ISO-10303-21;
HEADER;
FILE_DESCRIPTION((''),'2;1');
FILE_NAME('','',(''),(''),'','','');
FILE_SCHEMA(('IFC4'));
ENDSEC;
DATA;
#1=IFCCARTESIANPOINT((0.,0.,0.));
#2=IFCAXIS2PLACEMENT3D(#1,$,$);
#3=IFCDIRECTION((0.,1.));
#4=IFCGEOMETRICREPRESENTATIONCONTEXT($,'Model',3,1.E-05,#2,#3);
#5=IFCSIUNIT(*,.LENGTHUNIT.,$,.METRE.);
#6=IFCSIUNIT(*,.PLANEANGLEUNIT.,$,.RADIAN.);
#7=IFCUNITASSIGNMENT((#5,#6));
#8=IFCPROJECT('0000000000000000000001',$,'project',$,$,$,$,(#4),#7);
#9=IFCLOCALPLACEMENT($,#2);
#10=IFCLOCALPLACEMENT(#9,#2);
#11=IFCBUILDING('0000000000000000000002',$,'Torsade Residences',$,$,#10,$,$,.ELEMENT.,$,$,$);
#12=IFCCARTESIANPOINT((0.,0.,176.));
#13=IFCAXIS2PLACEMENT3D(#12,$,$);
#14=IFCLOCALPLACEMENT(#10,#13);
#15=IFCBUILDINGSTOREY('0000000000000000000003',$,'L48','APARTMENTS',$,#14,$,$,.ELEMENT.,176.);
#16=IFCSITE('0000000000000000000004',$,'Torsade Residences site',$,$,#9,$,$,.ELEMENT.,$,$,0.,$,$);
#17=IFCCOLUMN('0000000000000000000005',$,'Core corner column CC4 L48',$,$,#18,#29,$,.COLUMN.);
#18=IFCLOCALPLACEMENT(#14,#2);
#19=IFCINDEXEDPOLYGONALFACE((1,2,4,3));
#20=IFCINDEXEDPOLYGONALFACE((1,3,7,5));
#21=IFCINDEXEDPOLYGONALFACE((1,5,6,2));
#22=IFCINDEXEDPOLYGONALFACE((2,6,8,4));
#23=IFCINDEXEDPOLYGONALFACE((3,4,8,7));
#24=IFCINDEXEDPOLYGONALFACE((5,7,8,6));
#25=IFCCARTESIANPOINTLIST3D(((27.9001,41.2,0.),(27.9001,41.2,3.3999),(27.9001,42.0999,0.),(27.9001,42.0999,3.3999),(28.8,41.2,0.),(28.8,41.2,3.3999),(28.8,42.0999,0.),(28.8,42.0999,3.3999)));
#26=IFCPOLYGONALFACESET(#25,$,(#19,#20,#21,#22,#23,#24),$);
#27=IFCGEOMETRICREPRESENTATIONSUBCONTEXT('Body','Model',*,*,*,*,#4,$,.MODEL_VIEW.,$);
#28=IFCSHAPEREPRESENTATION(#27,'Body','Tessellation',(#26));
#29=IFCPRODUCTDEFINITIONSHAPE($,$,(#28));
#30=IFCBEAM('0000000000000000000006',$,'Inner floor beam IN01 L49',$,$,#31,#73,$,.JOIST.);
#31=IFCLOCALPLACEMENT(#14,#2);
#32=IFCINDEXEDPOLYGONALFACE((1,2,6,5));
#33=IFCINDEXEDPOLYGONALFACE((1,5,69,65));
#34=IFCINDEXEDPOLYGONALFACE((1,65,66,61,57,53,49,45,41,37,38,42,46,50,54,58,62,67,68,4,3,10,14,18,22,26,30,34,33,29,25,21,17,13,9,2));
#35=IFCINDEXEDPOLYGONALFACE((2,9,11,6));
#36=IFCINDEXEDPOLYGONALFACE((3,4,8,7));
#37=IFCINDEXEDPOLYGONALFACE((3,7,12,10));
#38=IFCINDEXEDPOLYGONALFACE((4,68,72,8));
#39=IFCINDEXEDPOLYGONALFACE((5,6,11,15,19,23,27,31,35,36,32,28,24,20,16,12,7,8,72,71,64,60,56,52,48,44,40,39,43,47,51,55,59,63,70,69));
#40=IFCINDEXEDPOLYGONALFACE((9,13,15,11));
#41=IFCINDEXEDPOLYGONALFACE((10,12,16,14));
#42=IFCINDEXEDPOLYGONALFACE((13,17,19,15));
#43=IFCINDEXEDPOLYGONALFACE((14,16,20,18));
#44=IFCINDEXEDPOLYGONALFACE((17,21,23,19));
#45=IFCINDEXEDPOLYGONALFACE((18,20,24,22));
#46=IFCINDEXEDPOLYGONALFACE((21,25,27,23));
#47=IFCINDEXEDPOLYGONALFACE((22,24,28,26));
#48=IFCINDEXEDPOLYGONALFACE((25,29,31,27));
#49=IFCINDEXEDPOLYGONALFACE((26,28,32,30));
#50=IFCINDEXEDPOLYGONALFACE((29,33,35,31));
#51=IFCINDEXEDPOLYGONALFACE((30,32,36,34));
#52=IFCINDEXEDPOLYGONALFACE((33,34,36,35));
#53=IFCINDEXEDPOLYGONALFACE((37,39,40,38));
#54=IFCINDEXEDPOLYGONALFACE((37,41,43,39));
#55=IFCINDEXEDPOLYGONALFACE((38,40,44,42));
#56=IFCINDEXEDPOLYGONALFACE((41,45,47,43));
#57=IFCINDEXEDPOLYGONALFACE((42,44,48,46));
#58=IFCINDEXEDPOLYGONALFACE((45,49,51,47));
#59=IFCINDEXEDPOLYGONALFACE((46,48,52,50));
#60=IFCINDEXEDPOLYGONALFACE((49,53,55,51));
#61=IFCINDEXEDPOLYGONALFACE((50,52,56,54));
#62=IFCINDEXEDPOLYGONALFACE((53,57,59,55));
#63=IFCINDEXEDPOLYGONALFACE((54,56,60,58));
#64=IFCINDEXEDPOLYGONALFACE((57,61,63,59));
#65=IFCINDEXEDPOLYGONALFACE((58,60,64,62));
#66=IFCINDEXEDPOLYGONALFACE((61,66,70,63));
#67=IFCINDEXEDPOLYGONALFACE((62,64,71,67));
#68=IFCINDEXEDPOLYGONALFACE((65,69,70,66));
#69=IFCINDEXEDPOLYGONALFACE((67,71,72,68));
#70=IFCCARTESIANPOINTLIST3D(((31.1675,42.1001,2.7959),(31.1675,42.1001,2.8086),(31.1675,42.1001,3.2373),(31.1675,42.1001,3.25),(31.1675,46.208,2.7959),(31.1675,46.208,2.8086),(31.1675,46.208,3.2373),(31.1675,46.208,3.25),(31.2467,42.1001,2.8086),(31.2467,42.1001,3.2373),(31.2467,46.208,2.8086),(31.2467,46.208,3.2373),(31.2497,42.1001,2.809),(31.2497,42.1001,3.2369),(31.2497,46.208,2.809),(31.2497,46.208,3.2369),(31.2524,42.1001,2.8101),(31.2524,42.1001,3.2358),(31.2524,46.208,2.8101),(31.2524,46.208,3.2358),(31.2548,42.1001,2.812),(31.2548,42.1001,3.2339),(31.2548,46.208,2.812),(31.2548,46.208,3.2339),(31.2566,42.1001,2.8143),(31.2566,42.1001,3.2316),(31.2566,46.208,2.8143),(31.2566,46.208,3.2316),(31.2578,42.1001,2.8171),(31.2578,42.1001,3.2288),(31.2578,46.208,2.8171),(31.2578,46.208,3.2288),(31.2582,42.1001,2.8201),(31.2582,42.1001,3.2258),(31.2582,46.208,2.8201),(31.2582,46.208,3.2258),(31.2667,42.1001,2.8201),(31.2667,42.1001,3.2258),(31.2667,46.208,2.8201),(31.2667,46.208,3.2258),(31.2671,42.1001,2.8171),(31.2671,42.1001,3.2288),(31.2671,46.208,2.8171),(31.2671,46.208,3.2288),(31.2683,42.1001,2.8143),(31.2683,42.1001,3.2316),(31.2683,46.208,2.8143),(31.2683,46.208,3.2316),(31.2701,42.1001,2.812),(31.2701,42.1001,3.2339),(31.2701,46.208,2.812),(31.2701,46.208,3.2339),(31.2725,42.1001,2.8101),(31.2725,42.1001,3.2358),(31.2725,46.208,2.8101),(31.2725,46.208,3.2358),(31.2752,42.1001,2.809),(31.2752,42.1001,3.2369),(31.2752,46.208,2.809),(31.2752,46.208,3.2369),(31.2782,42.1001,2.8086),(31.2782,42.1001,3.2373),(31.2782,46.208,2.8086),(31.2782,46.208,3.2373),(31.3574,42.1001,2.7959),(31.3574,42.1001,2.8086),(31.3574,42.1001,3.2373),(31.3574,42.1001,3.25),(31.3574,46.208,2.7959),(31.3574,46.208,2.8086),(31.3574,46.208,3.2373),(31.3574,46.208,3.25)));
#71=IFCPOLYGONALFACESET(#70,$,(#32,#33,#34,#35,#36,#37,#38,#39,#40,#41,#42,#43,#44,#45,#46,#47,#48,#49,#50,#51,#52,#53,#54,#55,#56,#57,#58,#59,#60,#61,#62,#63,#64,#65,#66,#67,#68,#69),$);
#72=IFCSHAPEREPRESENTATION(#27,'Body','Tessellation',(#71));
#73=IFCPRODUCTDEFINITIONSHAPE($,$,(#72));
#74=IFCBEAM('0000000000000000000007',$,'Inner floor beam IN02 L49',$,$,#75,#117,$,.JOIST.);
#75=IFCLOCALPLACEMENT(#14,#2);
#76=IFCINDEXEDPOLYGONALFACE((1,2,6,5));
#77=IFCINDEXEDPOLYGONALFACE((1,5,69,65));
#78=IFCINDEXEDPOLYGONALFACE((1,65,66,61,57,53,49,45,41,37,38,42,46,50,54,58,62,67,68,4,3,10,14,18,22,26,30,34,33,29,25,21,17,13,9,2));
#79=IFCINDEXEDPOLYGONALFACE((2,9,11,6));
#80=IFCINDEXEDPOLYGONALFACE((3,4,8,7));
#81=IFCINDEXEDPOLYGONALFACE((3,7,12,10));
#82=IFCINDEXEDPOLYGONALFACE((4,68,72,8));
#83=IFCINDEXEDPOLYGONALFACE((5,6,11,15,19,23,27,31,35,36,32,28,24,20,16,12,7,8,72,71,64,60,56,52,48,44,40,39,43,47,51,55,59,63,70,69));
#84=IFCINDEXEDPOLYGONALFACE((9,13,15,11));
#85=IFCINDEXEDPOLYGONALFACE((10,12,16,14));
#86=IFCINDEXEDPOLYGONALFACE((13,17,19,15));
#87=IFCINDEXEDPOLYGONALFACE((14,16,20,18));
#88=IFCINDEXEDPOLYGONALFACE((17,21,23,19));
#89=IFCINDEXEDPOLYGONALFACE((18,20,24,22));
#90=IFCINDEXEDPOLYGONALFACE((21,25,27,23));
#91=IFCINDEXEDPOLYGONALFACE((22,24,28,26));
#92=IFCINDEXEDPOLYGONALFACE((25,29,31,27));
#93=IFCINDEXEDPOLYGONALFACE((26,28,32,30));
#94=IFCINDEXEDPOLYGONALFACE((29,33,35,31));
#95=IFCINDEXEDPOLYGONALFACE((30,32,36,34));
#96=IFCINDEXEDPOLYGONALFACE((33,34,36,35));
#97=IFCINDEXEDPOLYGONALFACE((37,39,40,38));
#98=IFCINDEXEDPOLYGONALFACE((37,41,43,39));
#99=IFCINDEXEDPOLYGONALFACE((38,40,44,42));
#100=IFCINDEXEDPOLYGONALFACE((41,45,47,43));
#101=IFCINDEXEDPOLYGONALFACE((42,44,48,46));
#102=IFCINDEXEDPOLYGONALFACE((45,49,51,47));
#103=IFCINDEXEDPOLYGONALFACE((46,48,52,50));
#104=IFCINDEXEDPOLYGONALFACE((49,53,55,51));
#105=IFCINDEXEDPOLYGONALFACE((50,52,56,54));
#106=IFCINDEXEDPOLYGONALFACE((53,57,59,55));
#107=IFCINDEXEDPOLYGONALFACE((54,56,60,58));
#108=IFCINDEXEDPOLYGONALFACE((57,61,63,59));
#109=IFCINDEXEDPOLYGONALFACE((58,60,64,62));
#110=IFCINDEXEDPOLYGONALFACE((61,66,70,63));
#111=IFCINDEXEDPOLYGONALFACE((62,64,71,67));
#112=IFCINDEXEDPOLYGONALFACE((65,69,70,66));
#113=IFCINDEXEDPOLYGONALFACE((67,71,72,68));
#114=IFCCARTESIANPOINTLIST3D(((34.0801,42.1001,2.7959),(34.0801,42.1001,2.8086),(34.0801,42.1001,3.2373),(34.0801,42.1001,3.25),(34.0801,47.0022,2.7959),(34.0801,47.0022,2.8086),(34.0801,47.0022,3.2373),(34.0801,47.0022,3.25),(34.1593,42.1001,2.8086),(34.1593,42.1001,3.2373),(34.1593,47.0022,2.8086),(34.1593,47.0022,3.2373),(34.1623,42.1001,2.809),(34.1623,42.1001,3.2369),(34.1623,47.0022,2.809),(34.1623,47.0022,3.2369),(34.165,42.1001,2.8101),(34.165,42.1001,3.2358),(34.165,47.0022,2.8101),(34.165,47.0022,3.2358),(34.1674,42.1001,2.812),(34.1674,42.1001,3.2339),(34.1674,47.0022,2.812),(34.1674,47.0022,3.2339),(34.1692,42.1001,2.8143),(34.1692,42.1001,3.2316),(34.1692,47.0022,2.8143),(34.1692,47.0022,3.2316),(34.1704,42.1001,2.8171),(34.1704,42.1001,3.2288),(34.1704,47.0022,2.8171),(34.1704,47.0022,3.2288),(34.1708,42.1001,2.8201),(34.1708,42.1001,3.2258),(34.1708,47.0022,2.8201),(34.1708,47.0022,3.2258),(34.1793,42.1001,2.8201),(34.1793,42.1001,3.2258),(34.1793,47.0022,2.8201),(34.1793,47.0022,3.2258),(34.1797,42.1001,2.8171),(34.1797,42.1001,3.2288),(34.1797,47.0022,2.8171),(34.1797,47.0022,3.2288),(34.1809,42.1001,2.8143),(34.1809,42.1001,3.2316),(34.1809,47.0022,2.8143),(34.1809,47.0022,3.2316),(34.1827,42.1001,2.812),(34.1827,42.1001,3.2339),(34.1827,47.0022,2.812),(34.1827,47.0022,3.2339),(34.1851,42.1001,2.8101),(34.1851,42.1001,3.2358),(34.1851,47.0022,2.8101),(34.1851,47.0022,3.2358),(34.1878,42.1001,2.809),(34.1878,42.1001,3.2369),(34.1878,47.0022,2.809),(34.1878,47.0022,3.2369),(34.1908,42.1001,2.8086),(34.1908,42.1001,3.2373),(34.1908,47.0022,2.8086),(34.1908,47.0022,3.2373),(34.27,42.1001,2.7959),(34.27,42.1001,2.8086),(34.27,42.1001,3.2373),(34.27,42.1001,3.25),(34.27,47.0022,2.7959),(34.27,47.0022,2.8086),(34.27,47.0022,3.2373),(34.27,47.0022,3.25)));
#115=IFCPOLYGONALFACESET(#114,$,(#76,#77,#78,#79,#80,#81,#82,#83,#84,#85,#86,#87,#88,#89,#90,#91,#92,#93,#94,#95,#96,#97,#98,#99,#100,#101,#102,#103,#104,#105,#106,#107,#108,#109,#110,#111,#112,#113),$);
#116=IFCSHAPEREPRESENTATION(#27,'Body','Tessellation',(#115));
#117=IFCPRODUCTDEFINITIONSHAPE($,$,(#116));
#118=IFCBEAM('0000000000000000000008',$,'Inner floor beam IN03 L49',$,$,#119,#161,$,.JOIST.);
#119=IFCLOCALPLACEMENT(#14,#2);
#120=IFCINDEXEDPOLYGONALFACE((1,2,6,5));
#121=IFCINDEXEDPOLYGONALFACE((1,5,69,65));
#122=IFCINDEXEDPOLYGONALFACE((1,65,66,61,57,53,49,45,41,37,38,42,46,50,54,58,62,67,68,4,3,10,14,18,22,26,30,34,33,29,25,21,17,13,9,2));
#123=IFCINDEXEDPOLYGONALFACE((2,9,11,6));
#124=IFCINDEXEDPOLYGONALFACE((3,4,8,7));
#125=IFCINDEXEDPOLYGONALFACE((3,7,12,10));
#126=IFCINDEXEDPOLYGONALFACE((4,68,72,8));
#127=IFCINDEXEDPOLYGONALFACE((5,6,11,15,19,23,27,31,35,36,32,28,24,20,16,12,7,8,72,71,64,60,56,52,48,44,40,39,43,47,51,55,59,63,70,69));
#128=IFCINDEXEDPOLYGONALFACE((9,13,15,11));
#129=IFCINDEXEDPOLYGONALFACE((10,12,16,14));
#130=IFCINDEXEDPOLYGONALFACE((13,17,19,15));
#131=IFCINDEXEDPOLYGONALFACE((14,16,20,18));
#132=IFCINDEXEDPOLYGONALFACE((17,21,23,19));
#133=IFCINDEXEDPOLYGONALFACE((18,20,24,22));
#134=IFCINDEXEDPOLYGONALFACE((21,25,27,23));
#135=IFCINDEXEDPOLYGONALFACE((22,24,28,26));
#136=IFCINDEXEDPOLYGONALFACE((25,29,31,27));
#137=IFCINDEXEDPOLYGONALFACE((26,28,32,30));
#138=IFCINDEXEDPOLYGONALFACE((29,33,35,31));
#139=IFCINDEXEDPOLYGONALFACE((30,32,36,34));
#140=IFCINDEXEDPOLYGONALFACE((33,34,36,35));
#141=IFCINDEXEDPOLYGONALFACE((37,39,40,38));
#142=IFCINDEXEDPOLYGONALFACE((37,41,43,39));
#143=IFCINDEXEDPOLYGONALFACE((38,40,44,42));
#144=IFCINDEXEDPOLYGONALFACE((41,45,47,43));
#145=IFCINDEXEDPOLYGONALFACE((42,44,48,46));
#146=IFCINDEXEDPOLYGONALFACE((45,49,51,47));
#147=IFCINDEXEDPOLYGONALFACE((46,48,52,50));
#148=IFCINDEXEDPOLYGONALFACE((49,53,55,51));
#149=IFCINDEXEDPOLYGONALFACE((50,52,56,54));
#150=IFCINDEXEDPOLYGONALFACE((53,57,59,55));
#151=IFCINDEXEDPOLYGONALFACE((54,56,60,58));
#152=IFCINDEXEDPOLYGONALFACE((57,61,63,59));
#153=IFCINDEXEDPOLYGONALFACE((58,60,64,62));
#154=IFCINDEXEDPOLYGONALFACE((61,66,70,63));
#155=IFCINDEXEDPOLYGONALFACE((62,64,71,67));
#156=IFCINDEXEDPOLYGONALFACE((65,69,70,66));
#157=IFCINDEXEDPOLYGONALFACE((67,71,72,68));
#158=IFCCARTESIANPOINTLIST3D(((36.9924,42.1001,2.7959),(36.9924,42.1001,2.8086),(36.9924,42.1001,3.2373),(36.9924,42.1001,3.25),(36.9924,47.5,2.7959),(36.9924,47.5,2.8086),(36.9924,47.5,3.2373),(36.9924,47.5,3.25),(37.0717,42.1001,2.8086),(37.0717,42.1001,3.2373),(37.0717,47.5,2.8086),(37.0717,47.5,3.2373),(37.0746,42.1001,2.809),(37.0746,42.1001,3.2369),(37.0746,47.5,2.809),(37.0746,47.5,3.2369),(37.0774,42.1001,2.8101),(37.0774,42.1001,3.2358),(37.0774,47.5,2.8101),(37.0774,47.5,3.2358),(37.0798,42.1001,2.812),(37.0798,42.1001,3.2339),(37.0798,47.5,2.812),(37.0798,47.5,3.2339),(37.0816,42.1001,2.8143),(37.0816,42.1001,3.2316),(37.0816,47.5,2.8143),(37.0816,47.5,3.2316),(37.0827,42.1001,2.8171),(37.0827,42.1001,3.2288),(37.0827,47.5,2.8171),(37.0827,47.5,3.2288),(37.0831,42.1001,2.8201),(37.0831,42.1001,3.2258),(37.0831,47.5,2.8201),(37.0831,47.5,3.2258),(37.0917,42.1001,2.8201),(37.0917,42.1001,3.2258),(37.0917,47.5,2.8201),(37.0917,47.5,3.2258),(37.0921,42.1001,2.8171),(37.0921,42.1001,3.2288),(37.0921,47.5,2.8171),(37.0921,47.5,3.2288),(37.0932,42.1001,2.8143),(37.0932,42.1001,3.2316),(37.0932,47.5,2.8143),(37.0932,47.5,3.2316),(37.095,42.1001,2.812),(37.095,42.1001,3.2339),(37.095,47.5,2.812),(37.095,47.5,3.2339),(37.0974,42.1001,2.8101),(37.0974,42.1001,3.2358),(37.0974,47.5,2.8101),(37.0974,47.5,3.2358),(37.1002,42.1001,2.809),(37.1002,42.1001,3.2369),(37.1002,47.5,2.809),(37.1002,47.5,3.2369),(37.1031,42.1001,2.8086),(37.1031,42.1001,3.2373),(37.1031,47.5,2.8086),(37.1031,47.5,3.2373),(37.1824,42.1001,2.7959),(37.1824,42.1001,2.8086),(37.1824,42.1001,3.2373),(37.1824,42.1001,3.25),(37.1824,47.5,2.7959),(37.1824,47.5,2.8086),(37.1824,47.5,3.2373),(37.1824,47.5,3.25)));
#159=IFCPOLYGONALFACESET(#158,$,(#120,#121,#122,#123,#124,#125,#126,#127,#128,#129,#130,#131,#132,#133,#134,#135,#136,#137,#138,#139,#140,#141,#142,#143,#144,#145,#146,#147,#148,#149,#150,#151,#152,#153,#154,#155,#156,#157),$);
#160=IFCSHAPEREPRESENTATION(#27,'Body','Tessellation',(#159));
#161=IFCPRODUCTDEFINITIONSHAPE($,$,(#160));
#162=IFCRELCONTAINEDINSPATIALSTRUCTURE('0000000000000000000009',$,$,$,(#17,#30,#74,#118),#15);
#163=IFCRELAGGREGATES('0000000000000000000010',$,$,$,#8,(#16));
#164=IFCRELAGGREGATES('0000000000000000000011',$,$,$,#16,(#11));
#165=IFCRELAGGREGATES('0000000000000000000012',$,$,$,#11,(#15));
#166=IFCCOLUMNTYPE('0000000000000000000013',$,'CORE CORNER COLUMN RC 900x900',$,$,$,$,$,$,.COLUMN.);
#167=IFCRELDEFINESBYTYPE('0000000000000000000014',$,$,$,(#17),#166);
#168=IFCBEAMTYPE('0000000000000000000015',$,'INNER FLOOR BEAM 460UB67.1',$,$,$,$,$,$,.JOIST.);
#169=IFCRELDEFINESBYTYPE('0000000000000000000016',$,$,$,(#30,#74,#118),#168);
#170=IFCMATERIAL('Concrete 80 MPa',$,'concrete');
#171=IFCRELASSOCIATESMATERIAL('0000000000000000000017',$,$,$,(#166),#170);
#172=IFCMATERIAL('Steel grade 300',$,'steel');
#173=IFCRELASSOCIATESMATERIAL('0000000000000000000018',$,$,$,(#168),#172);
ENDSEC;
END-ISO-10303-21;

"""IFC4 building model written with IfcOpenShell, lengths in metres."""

from ifc_helpers import new_model, si_unit, direction, frame, origin, origin_2d, place, context, subcontext, project, spatial, rectangle, i_section, extrude, material, material_profile, profile_set, type_object, element, save


model = new_model("IFC4")

# Units and contexts
model_context = context("Model", 3, precision=1e-05, world=origin(), true_north=direction((0.0, 1.0)))
body_context = subcontext(model_context, "Body", "Model", "MODEL_VIEW")
ifc_project = project(units=[si_unit("LENGTHUNIT", "METRE"), si_unit("PLANEANGLEUNIT", "RADIAN")], contexts=[model_context])

# Site, building, storey
site_placement = place(None, origin())
site = spatial("IfcSite", under=ifc_project, at=site_placement, Name="Torsade Residences site", CompositionType="ELEMENT", RefElevation=0.0)
building_placement = place(site_placement, origin())
building = spatial("IfcBuilding", under=site, at=building_placement, Name="Torsade Residences", CompositionType="ELEMENT")
storey_placement = place(building_placement, frame((0.0, 0.0, 176.0)))
storey = spatial("IfcBuildingStorey", under=building, at=storey_placement, Name="L48", Description="APARTMENTS", CompositionType="ELEMENT", Elevation=176.0)

# Column
ifc_material_1 = material(Name="Concrete 80 MPa", Category="concrete")
ifc_material_profile_1 = material_profile(ifc_material_1, rectangle(XDim=0.8999, YDim=0.8999, at=origin_2d()), Name="RC 900x900")
ifc_profile_set_1 = profile_set([ifc_material_profile_1], Name="Concrete 80 MPa")
column_type = type_object("IfcColumnType", Name="CORE CORNER COLUMN RC 900x900", PredefinedType="COLUMN", material=ifc_profile_set_1)
column_placement = place(storey_placement, frame((28.3501, 41.6499, 0.0), z_axis=(0.0, 0.0, 1.0), x_axis=(1.0, 0.0, 0.0)))
element("IfcColumn", 1, at=column_placement, inside=storey, type_object=column_type, Name="Core corner column CC4 L48", PredefinedType="COLUMN", context=body_context, shape_type="SweptSolid", body=[
    extrude(rectangle(XDim=0.8999, YDim=0.8999, at=origin_2d()), origin(), (0.0, 0.0, 1.0), 3.3999),
])

# Beams
ifc_material_2 = material(Name="Steel grade 300", Category="steel")
ifc_material_profile_2 = material_profile(ifc_material_2, i_section(OverallWidth=0.1899, OverallDepth=0.4541, WebThickness=0.0085, FlangeThickness=0.0127, FilletRadius=0.0115, at=origin_2d()), Name="460UB67.1")
ifc_profile_set_2 = profile_set([ifc_material_profile_2], Name="Steel grade 300")
beam_type = type_object("IfcBeamType", Name="INNER FLOOR BEAM 460UB67.1", PredefinedType="JOIST", material=ifc_profile_set_2)
beam_1_placement = place(storey_placement, frame((31.2625, 42.1001, 3.0229), z_axis=(0.0, 1.0, 0.0), x_axis=(-1.0, 0.0, 0.0)))
element("IfcBeam", 2, at=beam_1_placement, inside=storey, type_object=beam_type, Name="Inner floor beam IN01 L49", PredefinedType="JOIST", context=body_context, shape_type="SweptSolid", body=[
    extrude(i_section(OverallWidth=0.1899, OverallDepth=0.4541, WebThickness=0.0085, FlangeThickness=0.0127, FilletRadius=0.0115, at=origin_2d()), origin(), (0.0, 0.0, 1.0), 4.1079),
])
beam_2_placement = place(storey_placement, frame((34.175, 42.1001, 3.0229), z_axis=(0.0, 1.0, 0.0), x_axis=(-1.0, 0.0, 0.0)))
element("IfcBeam", 3, at=beam_2_placement, inside=storey, type_object=beam_type, Name="Inner floor beam IN02 L49", PredefinedType="JOIST", context=body_context, shape_type="SweptSolid", body=[
    extrude(i_section(OverallWidth=0.1899, OverallDepth=0.4541, WebThickness=0.0085, FlangeThickness=0.0127, FilletRadius=0.0115, at=origin_2d()), origin(), (0.0, 0.0, 1.0), 4.9021),
])
beam_3_placement = place(storey_placement, frame((37.0874, 42.1001, 3.0229), z_axis=(0.0, 1.0, 0.0), x_axis=(-1.0, 0.0, 0.0)))
element("IfcBeam", 4, at=beam_3_placement, inside=storey, type_object=beam_type, Name="Inner floor beam IN03 L49", PredefinedType="JOIST", context=body_context, shape_type="SweptSolid", body=[
    extrude(i_section(OverallWidth=0.1899, OverallDepth=0.4541, WebThickness=0.0085, FlangeThickness=0.0127, FilletRadius=0.0115, at=origin_2d()), origin(), (0.0, 0.0, 1.0), 5.3999),
])

save(model, "model.ifc")
